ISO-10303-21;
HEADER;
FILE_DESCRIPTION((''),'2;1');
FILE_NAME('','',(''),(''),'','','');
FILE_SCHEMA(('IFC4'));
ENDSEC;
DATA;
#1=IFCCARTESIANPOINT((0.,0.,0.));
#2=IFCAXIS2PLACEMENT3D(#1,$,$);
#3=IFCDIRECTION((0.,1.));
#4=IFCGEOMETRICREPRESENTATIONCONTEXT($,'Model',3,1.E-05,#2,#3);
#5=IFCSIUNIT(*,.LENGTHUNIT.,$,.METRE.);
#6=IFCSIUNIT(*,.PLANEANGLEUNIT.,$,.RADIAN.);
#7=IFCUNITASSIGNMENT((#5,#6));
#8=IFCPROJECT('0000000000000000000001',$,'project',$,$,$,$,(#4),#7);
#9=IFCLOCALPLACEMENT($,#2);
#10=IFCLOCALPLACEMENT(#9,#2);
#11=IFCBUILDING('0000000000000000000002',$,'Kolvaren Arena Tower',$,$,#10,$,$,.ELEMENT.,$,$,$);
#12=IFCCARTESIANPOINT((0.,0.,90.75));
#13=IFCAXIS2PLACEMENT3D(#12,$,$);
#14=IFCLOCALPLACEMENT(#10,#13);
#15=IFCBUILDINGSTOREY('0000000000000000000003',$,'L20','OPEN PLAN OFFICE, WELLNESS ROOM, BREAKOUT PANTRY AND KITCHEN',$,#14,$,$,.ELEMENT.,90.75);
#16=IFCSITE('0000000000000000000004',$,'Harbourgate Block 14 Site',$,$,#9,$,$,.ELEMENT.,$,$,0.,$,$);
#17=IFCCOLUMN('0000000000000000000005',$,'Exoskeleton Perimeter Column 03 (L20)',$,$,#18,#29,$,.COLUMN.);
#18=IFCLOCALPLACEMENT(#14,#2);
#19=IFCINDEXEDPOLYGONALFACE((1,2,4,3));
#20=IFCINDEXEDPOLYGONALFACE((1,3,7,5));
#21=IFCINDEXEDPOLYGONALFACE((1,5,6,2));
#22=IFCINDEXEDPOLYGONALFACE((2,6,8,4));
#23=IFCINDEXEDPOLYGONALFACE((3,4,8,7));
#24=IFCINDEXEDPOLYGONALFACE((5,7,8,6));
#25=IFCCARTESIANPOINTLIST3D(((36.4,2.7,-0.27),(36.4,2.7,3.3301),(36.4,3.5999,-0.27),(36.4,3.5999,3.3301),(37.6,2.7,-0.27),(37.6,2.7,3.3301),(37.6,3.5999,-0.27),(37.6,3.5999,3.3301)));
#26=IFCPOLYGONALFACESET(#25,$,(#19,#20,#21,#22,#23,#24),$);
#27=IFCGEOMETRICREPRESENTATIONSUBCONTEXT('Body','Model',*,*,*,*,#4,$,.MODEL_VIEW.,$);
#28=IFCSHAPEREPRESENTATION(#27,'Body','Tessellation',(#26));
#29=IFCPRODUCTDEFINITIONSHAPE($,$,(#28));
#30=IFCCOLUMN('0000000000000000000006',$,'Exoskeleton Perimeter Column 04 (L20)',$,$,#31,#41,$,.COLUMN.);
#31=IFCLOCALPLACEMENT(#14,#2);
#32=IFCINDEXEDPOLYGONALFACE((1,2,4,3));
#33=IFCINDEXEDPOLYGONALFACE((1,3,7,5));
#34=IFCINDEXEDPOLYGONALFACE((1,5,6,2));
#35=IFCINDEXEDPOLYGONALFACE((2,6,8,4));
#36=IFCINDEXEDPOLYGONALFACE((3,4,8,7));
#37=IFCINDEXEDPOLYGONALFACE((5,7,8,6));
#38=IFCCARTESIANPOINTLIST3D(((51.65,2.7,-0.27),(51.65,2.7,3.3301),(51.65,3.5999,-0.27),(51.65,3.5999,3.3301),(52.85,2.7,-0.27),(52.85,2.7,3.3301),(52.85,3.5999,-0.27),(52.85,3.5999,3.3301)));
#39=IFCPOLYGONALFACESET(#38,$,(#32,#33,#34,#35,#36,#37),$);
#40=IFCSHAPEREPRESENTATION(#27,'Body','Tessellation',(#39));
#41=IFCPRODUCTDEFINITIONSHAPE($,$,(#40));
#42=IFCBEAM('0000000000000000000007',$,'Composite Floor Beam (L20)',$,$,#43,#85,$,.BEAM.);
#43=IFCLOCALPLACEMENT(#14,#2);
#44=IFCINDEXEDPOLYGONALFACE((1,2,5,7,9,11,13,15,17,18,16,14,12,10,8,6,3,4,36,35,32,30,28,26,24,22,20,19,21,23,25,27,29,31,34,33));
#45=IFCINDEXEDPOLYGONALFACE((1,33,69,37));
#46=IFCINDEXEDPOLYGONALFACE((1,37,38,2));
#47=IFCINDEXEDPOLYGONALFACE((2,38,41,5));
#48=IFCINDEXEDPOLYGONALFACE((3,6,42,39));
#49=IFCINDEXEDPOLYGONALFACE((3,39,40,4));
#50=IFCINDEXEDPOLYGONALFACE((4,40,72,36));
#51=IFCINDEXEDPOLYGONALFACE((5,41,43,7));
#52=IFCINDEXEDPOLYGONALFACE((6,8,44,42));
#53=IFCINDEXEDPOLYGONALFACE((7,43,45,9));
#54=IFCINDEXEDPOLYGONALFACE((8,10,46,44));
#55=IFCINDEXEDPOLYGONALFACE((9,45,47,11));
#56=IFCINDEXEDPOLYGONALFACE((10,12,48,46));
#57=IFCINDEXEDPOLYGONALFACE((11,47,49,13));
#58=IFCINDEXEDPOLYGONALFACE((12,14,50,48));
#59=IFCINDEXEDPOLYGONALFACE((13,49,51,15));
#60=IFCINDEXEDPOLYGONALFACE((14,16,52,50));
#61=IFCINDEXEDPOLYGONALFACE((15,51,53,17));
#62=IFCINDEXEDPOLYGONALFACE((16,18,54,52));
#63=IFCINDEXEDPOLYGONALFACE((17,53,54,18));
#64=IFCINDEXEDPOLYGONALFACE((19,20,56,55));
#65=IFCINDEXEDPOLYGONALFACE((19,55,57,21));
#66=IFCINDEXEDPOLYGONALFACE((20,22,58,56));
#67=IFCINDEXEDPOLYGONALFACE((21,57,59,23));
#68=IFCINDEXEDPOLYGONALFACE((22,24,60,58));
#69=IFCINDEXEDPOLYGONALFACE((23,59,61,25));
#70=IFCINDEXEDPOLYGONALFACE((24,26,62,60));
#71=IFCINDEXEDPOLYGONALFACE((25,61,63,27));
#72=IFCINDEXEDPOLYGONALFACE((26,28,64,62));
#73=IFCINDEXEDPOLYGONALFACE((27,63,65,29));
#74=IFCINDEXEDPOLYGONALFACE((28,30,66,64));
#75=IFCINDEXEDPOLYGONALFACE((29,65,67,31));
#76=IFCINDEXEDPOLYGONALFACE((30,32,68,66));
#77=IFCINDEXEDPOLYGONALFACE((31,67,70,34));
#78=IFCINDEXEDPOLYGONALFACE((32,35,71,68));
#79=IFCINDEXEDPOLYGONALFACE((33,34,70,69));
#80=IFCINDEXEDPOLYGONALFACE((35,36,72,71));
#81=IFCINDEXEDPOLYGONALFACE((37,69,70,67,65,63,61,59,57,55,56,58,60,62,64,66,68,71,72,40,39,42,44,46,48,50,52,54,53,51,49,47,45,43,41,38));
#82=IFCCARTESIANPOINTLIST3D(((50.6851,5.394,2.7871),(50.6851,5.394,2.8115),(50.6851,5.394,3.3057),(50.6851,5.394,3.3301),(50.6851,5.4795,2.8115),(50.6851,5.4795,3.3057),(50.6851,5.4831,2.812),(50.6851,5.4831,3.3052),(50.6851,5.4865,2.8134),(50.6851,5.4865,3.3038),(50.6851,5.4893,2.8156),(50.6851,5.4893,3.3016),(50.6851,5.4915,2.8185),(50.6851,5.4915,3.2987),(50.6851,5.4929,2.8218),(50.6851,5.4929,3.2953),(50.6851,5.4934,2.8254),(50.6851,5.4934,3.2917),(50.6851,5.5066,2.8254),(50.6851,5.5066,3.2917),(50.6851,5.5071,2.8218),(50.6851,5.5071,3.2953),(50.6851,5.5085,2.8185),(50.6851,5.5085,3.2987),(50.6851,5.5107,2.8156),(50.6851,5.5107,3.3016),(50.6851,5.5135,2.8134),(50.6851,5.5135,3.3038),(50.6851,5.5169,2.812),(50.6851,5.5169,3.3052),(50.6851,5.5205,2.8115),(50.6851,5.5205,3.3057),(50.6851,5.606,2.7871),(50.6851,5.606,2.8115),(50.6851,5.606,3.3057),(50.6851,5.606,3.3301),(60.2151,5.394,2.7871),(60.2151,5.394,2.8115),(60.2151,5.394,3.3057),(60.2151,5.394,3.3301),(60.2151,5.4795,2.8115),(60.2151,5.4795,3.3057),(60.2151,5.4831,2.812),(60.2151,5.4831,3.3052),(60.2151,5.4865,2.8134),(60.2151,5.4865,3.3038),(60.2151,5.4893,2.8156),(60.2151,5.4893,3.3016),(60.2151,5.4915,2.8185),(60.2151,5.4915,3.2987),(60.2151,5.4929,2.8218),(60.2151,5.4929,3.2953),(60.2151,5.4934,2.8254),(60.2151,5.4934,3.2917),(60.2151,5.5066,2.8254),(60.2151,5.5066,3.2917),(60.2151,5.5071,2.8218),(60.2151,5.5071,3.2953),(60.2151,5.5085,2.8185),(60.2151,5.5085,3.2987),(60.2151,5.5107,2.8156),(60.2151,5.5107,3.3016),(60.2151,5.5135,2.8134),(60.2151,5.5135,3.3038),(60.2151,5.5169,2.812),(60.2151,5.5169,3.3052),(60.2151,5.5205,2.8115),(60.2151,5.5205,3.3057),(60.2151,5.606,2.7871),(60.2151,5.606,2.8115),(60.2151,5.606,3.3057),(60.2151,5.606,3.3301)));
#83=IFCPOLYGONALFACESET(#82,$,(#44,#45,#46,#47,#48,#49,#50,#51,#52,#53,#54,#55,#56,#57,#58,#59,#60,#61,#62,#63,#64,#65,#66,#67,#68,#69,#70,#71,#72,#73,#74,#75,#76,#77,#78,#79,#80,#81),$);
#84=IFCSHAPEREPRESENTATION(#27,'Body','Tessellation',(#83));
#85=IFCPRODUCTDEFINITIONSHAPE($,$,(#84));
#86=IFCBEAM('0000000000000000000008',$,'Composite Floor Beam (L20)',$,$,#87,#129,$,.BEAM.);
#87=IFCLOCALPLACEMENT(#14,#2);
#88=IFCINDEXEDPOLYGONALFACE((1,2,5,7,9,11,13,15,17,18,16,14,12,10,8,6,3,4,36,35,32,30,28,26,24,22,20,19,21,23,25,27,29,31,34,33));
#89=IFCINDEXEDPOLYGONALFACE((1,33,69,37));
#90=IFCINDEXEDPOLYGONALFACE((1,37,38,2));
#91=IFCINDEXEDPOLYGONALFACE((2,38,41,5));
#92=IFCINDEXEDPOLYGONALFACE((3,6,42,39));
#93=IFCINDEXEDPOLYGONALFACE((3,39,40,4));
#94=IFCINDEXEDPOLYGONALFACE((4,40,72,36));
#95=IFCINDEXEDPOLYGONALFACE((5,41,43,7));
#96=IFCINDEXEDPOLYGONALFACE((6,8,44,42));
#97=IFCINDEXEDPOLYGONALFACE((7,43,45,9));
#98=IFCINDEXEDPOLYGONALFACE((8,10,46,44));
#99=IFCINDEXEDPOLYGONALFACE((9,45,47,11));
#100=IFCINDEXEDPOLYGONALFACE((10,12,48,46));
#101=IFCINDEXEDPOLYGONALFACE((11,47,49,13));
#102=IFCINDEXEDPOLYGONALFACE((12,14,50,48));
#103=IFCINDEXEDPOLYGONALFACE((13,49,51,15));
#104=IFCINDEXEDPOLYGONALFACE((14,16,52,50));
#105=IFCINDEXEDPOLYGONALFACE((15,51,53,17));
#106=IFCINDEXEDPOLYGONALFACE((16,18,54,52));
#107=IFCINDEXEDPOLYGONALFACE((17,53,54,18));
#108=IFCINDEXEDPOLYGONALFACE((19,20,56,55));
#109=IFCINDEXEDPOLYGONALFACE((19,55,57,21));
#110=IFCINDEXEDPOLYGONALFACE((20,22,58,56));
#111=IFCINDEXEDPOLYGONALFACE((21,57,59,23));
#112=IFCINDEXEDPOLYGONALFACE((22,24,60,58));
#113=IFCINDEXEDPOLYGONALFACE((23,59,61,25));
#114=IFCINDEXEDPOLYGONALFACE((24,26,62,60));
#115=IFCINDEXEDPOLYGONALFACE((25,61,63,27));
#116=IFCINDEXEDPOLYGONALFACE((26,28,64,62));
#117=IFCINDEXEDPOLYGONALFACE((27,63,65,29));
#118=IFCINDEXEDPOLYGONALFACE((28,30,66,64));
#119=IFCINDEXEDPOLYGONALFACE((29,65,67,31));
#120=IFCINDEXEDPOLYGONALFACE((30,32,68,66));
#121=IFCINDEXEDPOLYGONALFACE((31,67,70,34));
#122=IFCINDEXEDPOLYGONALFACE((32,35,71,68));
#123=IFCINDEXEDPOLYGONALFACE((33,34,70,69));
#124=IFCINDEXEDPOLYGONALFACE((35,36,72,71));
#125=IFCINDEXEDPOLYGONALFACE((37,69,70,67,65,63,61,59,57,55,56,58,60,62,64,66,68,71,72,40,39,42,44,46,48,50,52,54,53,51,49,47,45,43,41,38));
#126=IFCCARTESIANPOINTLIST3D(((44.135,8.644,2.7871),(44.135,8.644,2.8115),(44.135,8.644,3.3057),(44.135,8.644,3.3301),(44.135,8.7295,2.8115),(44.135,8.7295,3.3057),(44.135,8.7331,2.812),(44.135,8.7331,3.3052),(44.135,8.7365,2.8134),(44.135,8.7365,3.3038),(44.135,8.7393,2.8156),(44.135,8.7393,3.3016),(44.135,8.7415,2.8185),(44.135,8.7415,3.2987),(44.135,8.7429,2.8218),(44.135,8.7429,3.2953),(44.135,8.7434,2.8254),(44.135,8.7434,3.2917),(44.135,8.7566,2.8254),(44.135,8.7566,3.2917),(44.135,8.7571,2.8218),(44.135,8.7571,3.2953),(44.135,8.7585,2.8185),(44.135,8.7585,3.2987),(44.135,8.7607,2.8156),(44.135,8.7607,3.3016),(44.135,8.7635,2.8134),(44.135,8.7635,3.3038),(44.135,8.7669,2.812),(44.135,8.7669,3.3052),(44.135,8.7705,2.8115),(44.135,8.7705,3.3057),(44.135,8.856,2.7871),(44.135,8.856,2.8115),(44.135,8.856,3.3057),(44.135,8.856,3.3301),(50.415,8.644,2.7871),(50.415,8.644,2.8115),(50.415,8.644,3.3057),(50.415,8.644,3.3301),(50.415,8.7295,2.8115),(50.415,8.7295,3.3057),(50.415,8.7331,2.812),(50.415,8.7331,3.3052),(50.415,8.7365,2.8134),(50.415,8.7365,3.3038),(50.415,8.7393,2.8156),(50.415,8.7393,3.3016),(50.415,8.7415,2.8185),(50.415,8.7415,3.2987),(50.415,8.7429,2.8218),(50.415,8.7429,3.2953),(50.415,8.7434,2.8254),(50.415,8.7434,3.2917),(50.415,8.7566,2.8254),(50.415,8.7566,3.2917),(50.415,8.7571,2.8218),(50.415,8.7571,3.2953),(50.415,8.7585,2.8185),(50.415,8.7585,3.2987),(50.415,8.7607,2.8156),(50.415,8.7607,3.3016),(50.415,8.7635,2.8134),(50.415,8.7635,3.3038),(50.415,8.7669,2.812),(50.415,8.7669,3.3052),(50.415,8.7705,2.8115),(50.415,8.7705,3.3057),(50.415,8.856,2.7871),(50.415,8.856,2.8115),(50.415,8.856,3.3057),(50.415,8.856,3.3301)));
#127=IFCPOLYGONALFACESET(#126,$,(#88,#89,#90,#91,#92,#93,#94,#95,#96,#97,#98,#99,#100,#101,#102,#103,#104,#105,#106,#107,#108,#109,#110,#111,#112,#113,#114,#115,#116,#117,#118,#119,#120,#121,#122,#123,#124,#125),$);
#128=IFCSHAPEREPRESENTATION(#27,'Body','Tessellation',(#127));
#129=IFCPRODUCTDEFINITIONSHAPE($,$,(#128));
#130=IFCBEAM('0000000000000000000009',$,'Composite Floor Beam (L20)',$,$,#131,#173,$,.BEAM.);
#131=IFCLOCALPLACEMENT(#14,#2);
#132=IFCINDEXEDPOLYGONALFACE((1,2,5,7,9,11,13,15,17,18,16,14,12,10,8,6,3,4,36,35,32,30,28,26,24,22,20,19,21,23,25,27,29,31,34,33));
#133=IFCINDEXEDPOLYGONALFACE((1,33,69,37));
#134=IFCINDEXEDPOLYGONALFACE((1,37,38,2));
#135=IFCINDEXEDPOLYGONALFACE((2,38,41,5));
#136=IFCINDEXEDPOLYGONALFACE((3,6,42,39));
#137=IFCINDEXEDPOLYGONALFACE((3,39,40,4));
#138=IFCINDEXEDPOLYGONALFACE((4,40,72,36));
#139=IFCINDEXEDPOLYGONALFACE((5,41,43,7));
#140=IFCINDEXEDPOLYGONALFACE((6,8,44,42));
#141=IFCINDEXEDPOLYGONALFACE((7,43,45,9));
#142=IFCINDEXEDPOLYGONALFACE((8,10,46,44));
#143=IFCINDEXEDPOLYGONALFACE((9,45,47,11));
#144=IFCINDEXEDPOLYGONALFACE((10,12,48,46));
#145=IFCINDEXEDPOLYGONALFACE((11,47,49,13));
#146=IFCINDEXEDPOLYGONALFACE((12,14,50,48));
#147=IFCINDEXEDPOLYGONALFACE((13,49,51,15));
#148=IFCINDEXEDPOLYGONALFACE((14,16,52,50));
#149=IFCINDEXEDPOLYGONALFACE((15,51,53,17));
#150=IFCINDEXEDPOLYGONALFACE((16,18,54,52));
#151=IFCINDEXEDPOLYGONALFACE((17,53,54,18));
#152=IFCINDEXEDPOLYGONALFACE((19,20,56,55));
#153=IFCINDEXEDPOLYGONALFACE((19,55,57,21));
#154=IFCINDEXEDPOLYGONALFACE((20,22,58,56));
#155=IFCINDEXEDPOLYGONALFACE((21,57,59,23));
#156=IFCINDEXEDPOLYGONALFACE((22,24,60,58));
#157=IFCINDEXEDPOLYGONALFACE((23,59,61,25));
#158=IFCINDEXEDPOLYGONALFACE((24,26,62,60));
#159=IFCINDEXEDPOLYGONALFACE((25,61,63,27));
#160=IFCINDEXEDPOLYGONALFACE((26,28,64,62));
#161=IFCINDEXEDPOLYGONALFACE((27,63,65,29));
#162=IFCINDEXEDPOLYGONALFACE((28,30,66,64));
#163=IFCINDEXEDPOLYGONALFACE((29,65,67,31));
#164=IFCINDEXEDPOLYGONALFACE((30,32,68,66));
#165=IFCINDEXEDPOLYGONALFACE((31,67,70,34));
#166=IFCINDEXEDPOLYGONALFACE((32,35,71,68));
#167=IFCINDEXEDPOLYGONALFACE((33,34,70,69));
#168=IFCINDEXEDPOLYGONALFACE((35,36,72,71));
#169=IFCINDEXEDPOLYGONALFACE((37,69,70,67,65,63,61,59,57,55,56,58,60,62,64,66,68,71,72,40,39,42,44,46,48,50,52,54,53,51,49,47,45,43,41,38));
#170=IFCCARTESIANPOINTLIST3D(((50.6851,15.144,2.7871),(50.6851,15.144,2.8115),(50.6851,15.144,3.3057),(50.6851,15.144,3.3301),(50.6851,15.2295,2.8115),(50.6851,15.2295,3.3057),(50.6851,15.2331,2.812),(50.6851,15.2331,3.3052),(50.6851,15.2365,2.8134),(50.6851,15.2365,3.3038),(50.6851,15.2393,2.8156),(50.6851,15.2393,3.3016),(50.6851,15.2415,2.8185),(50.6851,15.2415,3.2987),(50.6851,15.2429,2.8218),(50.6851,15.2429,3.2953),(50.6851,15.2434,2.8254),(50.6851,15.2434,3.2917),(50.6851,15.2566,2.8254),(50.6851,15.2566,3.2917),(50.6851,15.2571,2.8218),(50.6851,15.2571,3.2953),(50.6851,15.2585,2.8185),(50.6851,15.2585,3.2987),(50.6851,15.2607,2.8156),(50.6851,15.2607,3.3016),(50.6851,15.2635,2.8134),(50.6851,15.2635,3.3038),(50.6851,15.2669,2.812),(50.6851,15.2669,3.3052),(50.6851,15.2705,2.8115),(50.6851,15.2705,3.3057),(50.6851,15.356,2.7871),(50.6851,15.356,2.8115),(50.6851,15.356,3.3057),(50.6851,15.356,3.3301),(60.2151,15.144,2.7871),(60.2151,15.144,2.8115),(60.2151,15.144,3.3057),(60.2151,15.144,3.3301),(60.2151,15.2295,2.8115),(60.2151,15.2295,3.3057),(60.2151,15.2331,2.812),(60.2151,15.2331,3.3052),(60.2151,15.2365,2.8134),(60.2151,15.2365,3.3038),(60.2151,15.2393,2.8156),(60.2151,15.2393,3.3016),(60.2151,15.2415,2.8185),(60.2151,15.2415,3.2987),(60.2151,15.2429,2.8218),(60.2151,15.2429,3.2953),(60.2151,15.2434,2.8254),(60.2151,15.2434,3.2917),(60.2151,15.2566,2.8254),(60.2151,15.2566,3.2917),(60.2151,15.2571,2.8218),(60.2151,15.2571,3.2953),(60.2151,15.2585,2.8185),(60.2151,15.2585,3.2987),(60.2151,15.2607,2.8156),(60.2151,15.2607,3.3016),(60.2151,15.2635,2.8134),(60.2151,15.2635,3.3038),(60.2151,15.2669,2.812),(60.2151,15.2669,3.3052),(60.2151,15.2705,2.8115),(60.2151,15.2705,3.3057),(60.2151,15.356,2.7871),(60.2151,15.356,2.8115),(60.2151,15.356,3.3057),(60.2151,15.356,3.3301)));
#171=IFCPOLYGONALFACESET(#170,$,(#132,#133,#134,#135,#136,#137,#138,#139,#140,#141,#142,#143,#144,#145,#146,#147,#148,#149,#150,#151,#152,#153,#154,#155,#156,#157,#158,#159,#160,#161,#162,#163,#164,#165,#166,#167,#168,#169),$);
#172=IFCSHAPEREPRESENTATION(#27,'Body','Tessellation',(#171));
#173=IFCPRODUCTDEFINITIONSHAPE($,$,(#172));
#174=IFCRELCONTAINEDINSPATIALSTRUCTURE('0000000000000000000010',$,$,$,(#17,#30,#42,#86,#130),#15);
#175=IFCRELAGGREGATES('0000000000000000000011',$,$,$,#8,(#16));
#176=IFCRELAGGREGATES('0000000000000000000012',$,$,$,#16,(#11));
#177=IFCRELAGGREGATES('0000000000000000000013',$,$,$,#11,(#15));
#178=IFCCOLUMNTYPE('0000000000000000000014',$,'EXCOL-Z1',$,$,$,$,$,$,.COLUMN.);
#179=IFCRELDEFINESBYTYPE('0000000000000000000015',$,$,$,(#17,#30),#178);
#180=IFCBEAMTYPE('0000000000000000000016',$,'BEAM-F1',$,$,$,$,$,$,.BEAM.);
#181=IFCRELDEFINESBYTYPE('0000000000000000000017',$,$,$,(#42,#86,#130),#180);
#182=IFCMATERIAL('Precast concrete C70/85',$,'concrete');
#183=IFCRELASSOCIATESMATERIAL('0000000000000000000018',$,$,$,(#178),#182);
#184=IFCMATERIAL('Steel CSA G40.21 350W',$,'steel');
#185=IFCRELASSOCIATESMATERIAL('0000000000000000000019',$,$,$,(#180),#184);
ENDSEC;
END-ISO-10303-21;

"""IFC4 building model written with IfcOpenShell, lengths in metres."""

from ifc_helpers import new_model, si_unit, direction, frame, origin, origin_2d, place, context, subcontext, project, spatial, rectangle, i_section, extrude, material, material_profile, profile_set, type_object, element, save


model = new_model("IFC4")

# Units and contexts
model_context = context("Model", 3, precision=1e-05, world=origin(), true_north=direction((0.0, 1.0)))
body_context = subcontext(model_context, "Body", "Model", "MODEL_VIEW")
ifc_project = project(units=[si_unit("LENGTHUNIT", "METRE"), si_unit("PLANEANGLEUNIT", "RADIAN")], contexts=[model_context])

# Site, building, storey
site_placement = place(None, origin())
site = spatial("IfcSite", under=ifc_project, at=site_placement, Name="Harbourgate Block 14 Site", CompositionType="ELEMENT", RefElevation=0.0)
building_placement = place(site_placement, origin())
building = spatial("IfcBuilding", under=site, at=building_placement, Name="Kolvaren Arena Tower", CompositionType="ELEMENT")
storey_placement = place(building_placement, frame((0.0, 0.0, 90.75)))
storey = spatial("IfcBuildingStorey", under=building, at=storey_placement, Name="L20", Description="OPEN PLAN OFFICE, WELLNESS ROOM, BREAKOUT PANTRY AND KITCHEN", CompositionType="ELEMENT", Elevation=90.75)

# Columns
ifc_material_1 = material(Name="Precast concrete C70/85", Category="concrete")
ifc_material_profile_1 = material_profile(ifc_material_1, rectangle(XDim=1.2, YDim=0.8999, at=origin_2d()), Name="RC-1200x900")
ifc_profile_set_1 = profile_set([ifc_material_profile_1], Name="Precast concrete C70/85")
column_type = type_object("IfcColumnType", Name="EXCOL-Z1", PredefinedType="COLUMN", material=ifc_profile_set_1)
for number, where, z_axis, x_axis, name in (
    (1, (37.0, 3.1499, -0.27), (0.0, 0.0, 1.0), (1.0, 0.0, 0.0), "Exoskeleton Perimeter Column 03 (L20)"),
    (2, (52.25, 3.1499, -0.27), (0.0, 0.0, 1.0), (1.0, 0.0, 0.0), "Exoskeleton Perimeter Column 04 (L20)"),
):
    element("IfcColumn", number, at=place(storey_placement, frame(where, z_axis=z_axis, x_axis=x_axis)), inside=storey, type_object=column_type, Name=name, PredefinedType="COLUMN", context=body_context, shape_type="SweptSolid", body=[
        extrude(rectangle(XDim=1.2, YDim=0.8999, at=origin_2d()), origin(), (0.0, 0.0, 1.0), 3.6001),
    ])

# Beams
ifc_material_2 = material(Name="Steel CSA G40.21 350W", Category="steel")
ifc_material_profile_2 = material_profile(ifc_material_2, i_section(OverallWidth=0.2119, OverallDepth=0.543, WebThickness=0.0132, FlangeThickness=0.0244, FilletRadius=0.0139, at=origin_2d()), Name="W530x150")
ifc_profile_set_2 = profile_set([ifc_material_profile_2], Name="Steel CSA G40.21 350W")
beam_type_1 = type_object("IfcBeamType", Name="BEAM-F1", PredefinedType="BEAM", material=ifc_profile_set_2)
beam_1_placement = place(storey_placement, frame((50.6851, 5.5, 3.0586), z_axis=(1.0, 0.0, 0.0), x_axis=(0.0, 1.0, 0.0)))
element("IfcBeam", 3, at=beam_1_placement, inside=storey, type_object=beam_type_1, Name="Composite Floor Beam (L20)", PredefinedType="BEAM", context=body_context, shape_type="SweptSolid", body=[
    extrude(i_section(OverallWidth=0.2119, OverallDepth=0.543, WebThickness=0.0132, FlangeThickness=0.0244, FilletRadius=0.0139, at=origin_2d()), origin(), (0.0, 0.0, 1.0), 9.53),
])
beam_2_placement = place(storey_placement, frame((44.135, 8.75, 3.0586), z_axis=(1.0, 0.0, 0.0), x_axis=(0.0, 1.0, 0.0)))
element("IfcBeam", 4, at=beam_2_placement, inside=storey, type_object=beam_type_1, Name="Composite Floor Beam (L20)", PredefinedType="BEAM", context=body_context, shape_type="SweptSolid", body=[
    extrude(i_section(OverallWidth=0.2119, OverallDepth=0.543, WebThickness=0.0132, FlangeThickness=0.0244, FilletRadius=0.0139, at=origin_2d()), origin(), (0.0, 0.0, 1.0), 6.28),
])
beam_3_placement = place(storey_placement, frame((50.6851, 15.25, 3.0586), z_axis=(1.0, 0.0, 0.0), x_axis=(0.0, 1.0, 0.0)))
element("IfcBeam", 5, at=beam_3_placement, inside=storey, type_object=beam_type_1, Name="Composite Floor Beam (L20)", PredefinedType="BEAM", context=body_context, shape_type="SweptSolid", body=[
    extrude(i_section(OverallWidth=0.2119, OverallDepth=0.543, WebThickness=0.0132, FlangeThickness=0.0244, FilletRadius=0.0139, at=origin_2d()), origin(), (0.0, 0.0, 1.0), 9.53),
])

save(model, "model.ifc")
